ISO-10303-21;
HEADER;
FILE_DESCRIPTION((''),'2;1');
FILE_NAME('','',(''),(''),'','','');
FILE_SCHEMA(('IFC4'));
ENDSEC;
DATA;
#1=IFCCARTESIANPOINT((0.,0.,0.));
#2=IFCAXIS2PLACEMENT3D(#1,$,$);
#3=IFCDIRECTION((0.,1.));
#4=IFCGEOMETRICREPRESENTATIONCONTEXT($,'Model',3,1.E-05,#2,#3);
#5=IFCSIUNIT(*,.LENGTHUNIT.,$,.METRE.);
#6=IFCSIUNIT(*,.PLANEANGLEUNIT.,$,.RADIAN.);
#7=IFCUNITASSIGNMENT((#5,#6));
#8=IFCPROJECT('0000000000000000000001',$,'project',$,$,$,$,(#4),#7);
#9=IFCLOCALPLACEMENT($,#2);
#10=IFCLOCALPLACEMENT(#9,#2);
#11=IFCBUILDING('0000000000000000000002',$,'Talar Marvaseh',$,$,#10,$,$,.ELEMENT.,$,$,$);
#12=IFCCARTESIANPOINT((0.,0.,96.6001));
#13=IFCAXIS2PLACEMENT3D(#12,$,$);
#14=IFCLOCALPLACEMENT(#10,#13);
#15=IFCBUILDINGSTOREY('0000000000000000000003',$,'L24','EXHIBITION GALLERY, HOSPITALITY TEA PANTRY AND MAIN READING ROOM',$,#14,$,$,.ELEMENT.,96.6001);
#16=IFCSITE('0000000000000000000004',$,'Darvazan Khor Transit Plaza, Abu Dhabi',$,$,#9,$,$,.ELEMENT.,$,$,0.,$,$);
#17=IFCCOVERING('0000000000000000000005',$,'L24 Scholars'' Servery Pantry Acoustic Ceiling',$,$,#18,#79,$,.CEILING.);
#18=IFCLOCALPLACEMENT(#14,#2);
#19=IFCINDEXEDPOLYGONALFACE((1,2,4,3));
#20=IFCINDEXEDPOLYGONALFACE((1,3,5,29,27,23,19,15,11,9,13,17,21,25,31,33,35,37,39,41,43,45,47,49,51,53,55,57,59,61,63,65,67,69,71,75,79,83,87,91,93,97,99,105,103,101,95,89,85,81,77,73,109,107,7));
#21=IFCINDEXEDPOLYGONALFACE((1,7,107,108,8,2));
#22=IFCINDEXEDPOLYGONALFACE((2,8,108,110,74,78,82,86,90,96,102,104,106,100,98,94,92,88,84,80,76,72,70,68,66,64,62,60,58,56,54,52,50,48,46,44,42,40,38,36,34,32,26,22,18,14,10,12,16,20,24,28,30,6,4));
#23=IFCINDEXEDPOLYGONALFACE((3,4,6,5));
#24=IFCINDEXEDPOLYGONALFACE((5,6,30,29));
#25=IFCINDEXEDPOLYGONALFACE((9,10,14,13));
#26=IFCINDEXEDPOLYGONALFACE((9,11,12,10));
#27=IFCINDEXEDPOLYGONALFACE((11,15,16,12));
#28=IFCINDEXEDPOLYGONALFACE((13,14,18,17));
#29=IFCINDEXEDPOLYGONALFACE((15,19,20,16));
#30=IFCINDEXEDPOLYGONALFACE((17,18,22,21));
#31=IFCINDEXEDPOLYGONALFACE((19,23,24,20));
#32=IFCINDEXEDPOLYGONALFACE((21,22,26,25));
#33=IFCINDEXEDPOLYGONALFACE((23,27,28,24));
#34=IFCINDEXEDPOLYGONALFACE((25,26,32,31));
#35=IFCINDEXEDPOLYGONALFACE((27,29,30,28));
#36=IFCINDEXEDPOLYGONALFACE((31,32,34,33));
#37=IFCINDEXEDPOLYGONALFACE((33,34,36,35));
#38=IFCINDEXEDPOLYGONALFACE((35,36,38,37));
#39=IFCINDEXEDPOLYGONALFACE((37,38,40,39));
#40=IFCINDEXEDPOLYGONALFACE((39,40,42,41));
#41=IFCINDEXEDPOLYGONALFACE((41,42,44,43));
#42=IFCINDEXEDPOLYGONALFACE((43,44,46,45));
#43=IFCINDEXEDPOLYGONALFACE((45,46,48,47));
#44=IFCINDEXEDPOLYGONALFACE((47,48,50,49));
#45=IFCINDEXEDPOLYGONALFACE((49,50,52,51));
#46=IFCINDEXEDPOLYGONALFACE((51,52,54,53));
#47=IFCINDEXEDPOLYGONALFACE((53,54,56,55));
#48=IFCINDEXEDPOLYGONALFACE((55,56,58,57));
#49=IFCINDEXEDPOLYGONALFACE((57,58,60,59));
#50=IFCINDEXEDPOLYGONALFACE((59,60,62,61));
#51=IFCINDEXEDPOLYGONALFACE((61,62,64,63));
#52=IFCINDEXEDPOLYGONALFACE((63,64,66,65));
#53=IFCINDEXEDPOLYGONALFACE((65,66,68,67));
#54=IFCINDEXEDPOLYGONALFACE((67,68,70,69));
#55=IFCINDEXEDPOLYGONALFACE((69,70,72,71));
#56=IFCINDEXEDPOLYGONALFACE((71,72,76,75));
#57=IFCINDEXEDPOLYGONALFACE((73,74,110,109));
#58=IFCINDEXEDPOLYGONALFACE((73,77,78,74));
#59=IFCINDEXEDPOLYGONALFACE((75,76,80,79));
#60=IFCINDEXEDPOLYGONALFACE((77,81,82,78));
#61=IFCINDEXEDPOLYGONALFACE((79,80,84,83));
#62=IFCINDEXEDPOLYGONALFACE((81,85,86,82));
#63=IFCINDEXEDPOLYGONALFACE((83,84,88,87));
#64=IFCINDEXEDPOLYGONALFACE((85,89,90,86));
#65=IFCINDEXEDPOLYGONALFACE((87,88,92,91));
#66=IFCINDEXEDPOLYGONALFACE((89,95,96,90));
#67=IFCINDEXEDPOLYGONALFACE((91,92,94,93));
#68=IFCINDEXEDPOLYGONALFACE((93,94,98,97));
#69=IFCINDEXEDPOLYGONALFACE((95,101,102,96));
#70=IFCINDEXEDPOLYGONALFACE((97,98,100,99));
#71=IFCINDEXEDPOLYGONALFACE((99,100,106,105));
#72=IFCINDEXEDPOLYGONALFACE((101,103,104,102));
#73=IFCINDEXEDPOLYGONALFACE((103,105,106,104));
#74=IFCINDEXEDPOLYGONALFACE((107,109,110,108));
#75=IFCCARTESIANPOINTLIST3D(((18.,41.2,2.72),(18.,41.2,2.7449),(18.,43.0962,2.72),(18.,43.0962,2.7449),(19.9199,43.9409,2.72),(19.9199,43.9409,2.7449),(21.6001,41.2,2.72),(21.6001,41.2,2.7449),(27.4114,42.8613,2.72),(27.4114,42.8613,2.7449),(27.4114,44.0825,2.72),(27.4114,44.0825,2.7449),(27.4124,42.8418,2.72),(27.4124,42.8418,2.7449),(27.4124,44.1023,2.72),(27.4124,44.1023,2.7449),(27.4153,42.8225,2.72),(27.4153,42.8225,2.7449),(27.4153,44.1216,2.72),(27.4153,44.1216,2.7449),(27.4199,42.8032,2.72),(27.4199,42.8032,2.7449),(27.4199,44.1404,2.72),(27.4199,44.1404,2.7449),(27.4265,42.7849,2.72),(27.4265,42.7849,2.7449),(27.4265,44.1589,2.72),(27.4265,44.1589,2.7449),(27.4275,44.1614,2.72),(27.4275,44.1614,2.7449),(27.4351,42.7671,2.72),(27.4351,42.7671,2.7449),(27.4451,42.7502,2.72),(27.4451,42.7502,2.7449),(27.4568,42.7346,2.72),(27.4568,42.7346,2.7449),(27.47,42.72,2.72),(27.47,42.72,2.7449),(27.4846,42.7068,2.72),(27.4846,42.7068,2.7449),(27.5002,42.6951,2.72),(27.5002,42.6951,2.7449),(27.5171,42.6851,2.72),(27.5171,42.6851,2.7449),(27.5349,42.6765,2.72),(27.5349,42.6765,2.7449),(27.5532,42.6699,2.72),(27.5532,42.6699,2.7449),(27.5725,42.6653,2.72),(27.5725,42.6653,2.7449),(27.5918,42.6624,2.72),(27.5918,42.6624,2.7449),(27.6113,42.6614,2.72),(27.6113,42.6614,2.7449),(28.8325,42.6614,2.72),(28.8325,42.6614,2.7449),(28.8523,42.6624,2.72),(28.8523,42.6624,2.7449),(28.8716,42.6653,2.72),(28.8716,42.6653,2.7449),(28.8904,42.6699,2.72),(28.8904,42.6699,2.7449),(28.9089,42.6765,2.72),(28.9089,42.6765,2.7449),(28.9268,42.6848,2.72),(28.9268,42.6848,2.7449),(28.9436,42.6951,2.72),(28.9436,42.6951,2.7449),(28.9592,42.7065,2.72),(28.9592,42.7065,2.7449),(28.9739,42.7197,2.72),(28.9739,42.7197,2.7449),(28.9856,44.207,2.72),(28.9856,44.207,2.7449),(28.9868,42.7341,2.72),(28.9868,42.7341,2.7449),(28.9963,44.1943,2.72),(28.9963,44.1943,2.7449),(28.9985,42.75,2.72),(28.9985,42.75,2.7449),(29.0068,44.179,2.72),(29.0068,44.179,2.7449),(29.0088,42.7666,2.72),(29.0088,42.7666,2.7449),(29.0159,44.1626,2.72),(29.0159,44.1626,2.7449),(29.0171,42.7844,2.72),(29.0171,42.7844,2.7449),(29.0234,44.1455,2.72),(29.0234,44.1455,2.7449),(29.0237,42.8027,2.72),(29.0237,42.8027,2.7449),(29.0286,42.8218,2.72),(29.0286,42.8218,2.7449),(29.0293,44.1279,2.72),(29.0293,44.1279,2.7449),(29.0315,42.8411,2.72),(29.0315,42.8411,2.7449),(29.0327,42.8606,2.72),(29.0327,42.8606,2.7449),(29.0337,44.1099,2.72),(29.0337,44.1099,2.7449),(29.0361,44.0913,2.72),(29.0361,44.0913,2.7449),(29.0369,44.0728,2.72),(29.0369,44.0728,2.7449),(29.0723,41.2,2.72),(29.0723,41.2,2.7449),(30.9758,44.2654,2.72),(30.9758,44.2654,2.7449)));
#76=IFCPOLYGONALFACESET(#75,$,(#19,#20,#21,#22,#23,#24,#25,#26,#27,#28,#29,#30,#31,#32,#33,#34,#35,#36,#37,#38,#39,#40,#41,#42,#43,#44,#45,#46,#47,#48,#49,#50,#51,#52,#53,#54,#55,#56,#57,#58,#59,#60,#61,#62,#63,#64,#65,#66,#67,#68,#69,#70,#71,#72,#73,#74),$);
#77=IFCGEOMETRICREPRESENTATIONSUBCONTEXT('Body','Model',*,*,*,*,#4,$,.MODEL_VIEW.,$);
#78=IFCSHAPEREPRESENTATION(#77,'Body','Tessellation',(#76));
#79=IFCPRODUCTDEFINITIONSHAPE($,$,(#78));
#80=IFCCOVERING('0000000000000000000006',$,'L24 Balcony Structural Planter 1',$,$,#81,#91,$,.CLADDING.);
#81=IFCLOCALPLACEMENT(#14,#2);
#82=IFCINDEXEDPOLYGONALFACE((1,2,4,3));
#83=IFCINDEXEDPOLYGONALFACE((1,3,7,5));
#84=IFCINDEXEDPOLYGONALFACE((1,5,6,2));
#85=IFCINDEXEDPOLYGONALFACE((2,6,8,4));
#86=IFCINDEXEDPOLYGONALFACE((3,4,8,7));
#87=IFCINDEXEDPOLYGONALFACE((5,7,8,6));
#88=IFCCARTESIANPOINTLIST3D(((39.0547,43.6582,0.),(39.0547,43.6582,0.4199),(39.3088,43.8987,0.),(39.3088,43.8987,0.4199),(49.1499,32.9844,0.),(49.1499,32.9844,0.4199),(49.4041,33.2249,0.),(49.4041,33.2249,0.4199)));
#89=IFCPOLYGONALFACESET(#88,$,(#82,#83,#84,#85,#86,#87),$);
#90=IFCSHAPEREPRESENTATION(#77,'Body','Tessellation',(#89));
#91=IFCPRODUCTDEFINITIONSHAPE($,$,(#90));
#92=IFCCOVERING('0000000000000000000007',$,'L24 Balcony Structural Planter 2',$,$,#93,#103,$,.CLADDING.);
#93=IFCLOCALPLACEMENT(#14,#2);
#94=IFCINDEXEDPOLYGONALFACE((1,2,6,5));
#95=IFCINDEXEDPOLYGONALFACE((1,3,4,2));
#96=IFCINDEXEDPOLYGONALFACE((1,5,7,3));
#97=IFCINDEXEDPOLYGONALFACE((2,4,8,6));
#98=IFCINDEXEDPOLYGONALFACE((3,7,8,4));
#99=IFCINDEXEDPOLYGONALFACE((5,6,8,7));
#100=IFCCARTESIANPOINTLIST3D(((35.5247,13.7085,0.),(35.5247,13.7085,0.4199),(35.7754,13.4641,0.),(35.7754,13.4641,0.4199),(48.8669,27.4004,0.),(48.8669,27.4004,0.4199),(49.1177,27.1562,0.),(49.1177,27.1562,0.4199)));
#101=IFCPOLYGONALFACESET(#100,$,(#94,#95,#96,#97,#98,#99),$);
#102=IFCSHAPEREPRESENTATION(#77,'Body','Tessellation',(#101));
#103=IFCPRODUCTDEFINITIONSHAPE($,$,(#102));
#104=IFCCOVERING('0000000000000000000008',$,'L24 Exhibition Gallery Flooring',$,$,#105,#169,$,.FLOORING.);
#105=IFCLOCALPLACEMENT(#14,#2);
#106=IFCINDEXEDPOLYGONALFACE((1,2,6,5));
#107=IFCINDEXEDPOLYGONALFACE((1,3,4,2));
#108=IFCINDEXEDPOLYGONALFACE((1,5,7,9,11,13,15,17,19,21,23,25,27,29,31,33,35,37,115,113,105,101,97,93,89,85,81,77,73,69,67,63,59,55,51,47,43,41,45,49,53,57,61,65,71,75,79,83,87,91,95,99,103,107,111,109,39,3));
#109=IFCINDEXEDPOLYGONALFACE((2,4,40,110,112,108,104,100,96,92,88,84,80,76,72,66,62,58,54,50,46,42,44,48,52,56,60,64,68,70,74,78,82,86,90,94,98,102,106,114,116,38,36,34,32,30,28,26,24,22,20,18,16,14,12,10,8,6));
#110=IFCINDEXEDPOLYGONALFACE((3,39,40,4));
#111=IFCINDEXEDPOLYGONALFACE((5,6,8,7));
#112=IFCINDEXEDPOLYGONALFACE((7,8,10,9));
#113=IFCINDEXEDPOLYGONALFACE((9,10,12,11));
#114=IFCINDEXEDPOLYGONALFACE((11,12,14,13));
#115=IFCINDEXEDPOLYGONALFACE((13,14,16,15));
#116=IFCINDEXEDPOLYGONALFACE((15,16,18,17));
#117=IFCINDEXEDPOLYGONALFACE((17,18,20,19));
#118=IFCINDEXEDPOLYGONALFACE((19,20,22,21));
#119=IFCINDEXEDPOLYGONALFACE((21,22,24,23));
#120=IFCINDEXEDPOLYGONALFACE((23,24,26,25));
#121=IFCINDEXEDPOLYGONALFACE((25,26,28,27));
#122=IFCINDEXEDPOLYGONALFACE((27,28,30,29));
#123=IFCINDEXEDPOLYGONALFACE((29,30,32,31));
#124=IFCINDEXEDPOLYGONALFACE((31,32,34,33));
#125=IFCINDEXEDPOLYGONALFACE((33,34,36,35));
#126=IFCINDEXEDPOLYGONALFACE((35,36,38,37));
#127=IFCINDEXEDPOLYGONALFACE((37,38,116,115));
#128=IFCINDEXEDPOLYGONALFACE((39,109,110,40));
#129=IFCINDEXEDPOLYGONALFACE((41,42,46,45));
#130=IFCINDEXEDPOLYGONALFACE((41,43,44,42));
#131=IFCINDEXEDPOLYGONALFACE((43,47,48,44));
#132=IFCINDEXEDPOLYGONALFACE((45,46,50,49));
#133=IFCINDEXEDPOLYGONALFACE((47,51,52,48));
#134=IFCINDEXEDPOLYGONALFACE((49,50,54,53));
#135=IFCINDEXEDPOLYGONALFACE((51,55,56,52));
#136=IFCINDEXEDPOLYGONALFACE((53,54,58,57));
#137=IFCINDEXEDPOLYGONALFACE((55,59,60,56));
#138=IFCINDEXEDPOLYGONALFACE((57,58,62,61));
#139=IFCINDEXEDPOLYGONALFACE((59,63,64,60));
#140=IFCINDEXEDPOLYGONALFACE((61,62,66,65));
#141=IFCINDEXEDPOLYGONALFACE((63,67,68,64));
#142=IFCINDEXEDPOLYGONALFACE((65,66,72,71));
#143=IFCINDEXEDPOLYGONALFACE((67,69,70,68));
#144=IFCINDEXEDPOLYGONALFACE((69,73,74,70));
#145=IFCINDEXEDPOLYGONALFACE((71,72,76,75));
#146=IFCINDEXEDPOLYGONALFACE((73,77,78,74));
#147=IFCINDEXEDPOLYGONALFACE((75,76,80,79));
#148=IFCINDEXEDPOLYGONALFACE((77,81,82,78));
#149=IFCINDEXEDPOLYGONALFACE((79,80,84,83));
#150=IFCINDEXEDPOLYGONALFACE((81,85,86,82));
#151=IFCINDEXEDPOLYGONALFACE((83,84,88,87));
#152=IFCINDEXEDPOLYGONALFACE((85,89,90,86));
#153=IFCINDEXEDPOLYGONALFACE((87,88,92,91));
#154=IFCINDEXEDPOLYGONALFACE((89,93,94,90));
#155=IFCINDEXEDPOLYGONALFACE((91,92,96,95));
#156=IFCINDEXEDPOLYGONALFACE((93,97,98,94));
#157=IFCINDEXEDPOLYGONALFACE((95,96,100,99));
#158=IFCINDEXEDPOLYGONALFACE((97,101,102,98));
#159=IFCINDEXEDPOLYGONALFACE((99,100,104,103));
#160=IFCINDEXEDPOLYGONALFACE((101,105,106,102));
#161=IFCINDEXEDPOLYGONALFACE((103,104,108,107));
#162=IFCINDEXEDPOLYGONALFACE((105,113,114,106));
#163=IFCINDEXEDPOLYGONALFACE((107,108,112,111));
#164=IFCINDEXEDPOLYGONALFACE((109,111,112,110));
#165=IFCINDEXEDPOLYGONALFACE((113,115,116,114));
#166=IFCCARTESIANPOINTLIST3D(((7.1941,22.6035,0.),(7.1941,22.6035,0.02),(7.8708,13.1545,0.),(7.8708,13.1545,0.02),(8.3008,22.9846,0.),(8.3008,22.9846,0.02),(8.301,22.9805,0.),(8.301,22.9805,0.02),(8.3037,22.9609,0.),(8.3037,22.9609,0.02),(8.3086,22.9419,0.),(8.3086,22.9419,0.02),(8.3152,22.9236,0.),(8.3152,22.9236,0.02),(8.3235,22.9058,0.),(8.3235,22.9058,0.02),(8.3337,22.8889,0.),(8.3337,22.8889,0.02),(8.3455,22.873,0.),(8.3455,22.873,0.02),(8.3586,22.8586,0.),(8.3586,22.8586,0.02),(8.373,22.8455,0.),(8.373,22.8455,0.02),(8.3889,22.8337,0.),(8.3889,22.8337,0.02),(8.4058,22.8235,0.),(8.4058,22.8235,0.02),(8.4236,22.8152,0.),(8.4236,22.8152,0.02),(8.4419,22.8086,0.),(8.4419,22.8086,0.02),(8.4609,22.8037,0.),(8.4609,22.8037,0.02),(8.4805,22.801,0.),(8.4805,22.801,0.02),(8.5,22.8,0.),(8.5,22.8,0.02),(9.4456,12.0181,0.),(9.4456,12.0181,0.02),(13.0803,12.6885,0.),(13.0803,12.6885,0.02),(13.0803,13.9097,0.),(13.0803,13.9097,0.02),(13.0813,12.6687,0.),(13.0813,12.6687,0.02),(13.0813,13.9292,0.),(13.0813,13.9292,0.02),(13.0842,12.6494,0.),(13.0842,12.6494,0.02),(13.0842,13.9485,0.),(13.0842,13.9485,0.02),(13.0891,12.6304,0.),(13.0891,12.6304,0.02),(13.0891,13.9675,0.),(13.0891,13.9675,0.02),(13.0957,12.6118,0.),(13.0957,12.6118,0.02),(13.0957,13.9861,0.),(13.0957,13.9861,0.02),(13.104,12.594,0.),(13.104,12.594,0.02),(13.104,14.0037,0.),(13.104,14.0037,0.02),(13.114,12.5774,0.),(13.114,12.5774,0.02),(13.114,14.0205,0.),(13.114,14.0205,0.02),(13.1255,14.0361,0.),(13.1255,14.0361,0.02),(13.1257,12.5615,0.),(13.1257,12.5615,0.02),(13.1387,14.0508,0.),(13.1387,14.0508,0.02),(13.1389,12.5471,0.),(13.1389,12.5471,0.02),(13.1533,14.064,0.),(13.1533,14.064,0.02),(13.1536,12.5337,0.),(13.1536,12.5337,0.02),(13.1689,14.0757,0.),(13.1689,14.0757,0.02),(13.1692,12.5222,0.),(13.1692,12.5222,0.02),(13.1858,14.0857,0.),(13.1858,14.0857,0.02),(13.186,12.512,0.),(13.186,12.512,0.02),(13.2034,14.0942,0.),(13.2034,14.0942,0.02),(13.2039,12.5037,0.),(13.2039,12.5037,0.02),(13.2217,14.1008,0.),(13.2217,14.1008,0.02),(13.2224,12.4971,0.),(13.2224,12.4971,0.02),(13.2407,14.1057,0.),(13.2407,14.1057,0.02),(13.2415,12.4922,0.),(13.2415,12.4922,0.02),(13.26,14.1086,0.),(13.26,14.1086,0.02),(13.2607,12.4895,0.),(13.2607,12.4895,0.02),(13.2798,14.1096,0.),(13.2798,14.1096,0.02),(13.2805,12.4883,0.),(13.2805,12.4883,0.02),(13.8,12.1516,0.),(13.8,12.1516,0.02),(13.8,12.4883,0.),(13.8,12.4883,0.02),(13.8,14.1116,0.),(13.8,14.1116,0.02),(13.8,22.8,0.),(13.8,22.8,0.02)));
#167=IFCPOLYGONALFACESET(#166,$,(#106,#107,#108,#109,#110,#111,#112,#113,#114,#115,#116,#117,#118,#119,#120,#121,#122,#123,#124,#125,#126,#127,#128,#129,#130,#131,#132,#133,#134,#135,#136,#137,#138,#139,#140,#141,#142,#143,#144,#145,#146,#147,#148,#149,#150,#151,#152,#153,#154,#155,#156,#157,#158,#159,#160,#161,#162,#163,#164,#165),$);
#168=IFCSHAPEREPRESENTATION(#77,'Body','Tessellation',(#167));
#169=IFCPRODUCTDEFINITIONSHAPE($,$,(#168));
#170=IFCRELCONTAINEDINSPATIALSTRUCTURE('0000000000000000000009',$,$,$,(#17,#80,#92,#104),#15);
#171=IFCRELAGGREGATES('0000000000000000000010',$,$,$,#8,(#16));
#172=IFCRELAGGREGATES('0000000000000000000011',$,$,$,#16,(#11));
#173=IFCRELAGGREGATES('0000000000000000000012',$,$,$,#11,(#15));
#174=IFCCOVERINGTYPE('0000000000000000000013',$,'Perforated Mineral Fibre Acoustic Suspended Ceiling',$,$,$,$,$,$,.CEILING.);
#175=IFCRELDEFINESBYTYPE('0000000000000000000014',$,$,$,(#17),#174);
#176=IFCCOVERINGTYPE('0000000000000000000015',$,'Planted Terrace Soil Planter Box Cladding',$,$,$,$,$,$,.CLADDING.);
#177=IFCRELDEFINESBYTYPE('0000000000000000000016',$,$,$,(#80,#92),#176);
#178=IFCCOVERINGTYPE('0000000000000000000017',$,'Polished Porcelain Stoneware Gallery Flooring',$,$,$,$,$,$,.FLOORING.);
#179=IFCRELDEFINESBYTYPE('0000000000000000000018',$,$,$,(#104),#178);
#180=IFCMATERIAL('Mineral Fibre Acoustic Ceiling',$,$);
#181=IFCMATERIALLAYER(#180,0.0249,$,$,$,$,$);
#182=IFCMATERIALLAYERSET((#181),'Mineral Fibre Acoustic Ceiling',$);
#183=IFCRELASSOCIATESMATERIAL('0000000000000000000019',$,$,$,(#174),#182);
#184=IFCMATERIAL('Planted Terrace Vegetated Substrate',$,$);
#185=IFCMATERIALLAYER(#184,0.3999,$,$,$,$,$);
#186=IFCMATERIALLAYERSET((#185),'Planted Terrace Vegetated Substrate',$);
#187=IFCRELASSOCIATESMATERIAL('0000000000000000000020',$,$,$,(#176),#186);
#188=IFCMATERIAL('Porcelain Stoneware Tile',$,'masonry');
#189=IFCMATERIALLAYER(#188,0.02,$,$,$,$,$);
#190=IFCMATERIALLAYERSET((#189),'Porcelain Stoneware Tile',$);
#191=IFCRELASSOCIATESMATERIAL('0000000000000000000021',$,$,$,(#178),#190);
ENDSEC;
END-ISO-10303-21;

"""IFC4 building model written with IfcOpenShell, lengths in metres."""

from ifc_helpers import new_model, si_unit, direction, frame, origin, place, context, subcontext, project, spatial, polyline, outline, extrude, material, layer, layer_set, type_object, element, save


model = new_model("IFC4")

# Units and contexts
model_context = context("Model", 3, precision=1e-05, world=origin(), true_north=direction((0.0, 1.0)))
body_context = subcontext(model_context, "Body", "Model", "MODEL_VIEW")
ifc_project = project(units=[si_unit("LENGTHUNIT", "METRE"), si_unit("PLANEANGLEUNIT", "RADIAN")], contexts=[model_context])

# Site, building, storey
site_placement = place(None, origin())
site = spatial("IfcSite", under=ifc_project, at=site_placement, Name="Darvazan Khor Transit Plaza, Abu Dhabi", CompositionType="ELEMENT", RefElevation=0.0)
building_placement = place(site_placement, origin())
building = spatial("IfcBuilding", under=site, at=building_placement, Name="Talar Marvaseh", CompositionType="ELEMENT")
storey_placement = place(building_placement, frame((0.0, 0.0, 96.6001)))
storey = spatial("IfcBuildingStorey", under=building, at=storey_placement, Name="L24", Description="EXHIBITION GALLERY, HOSPITALITY TEA PANTRY AND MAIN READING ROOM", CompositionType="ELEMENT", Elevation=96.6001)

# Coverings
ifc_material_1 = material(Name="Mineral Fibre Acoustic Ceiling")
ifc_layer_1 = layer(ifc_material_1, 0.0249)
ifc_layer_set_1 = layer_set([ifc_layer_1], Name="Mineral Fibre Acoustic Ceiling")
covering_type_1 = type_object("IfcCoveringType", Name="Perforated Mineral Fibre Acoustic Suspended Ceiling", PredefinedType="CEILING", material=ifc_layer_set_1)
covering_1_placement = place(storey_placement, frame((0.0, 0.0, 2.72)))
element("IfcCovering", 1, at=covering_1_placement, inside=storey, type_object=covering_type_1, Name="L24 Scholars' Servery Pantry Acoustic Ceiling", PredefinedType="CEILING", context=body_context, shape_type="SweptSolid", body=[
    extrude(outline(polyline([(27.4275, 44.1614), (27.4265, 44.1589), (27.4199, 44.1404), (27.4153, 44.1216), (27.4124, 44.1023), (27.4114, 44.0825), (27.4114, 42.8613), (27.4124, 42.8418), (27.4153, 42.8225), (27.4199, 42.8032), (27.4265, 42.7849), (27.4351, 42.7671), (27.4451, 42.7502), (27.4568, 42.7346), (27.47, 42.72), (27.4846, 42.7068), (27.5002, 42.6951), (27.5171, 42.6851), (27.5349, 42.6765), (27.5532, 42.6699), (27.5725, 42.6653), (27.5918, 42.6624), (27.6113, 42.6614), (28.8325, 42.6614), (28.8523, 42.6624), (28.8716, 42.6653), (28.8904, 42.6699), (28.9089, 42.6765), (28.9268, 42.6848), (28.9436, 42.6951), (28.9592, 42.7065), (28.9739, 42.7197), (28.9868, 42.7341), (28.9985, 42.75), (29.0088, 42.7666), (29.0171, 42.7844), (29.0237, 42.8027), (29.0286, 42.8218), (29.0315, 42.8411), (29.0327, 42.8606), (29.0369, 44.0728), (29.0361, 44.0913), (29.0337, 44.1099), (29.0293, 44.1279), (29.0234, 44.1455), (29.0159, 44.1626), (29.0068, 44.179), (28.9963, 44.1943), (28.9856, 44.207), (30.9758, 44.2654), (29.0723, 41.2), (21.6001, 41.2), (18.0, 41.2), (18.0, 43.0962), (19.9199, 43.9409), (27.4275, 44.1614)])), origin(), (0.0, 0.0, 1.0), 0.0249),
])
ifc_material_2 = material(Name="Planted Terrace Vegetated Substrate")
ifc_layer_2 = layer(ifc_material_2, 0.3999)
ifc_layer_set_2 = layer_set([ifc_layer_2], Name="Planted Terrace Vegetated Substrate")
covering_type_2 = type_object("IfcCoveringType", Name="Planted Terrace Soil Planter Box Cladding", PredefinedType="CLADDING", material=ifc_layer_set_2)
covering_2_placement = place(storey_placement, origin())
element("IfcCovering", 2, at=covering_2_placement, inside=storey, type_object=covering_type_2, Name="L24 Balcony Structural Planter 1", PredefinedType="CLADDING", context=body_context, shape_type="SweptSolid", body=[
    extrude(outline(polyline([(39.3088, 43.8987), (49.4041, 33.2249), (49.1499, 32.9844), (39.0547, 43.6582), (39.3088, 43.8987)])), origin(), (0.0, 0.0, 1.0), 0.4199),
])
covering_3_placement = place(storey_placement, origin())
element("IfcCovering", 3, at=covering_3_placement, inside=storey, type_object=covering_type_2, Name="L24 Balcony Structural Planter 2", PredefinedType="CLADDING", context=body_context, shape_type="SweptSolid", body=[
    extrude(outline(polyline([(49.1177, 27.1562), (35.7754, 13.4641), (35.5247, 13.7085), (48.8669, 27.4004), (49.1177, 27.1562)])), origin(), (0.0, 0.0, 1.0), 0.4199),
])
ifc_material_3 = material(Name="Porcelain Stoneware Tile", Category="masonry")
ifc_layer_3 = layer(ifc_material_3, 0.02)
ifc_layer_set_3 = layer_set([ifc_layer_3], Name="Porcelain Stoneware Tile")
covering_type_3 = type_object("IfcCoveringType", Name="Polished Porcelain Stoneware Gallery Flooring", PredefinedType="FLOORING", material=ifc_layer_set_3)
covering_4_placement = place(storey_placement, origin())
element("IfcCovering", 4, at=covering_4_placement, inside=storey, type_object=covering_type_3, Name="L24 Exhibition Gallery Flooring", PredefinedType="FLOORING", context=body_context, shape_type="SweptSolid", body=[
    extrude(outline(polyline([(8.3037, 22.9609), (8.3086, 22.9419), (8.3152, 22.9236), (8.3235, 22.9058), (8.3337, 22.8889), (8.3455, 22.873), (8.3586, 22.8586), (8.373, 22.8455), (8.3889, 22.8337), (8.4058, 22.8235), (8.4236, 22.8152), (8.4419, 22.8086), (8.4609, 22.8037), (8.4805, 22.801), (8.5, 22.8), (13.8, 22.8), (13.8, 14.1116), (13.2798, 14.1096), (13.26, 14.1086), (13.2407, 14.1057), (13.2217, 14.1008), (13.2034, 14.0942), (13.1858, 14.0857), (13.1689, 14.0757), (13.1533, 14.064), (13.1387, 14.0508), (13.1255, 14.0361), (13.114, 14.0205), (13.104, 14.0037), (13.0957, 13.9861), (13.0891, 13.9675), (13.0842, 13.9485), (13.0813, 13.9292), (13.0803, 13.9097), (13.0803, 12.6885), (13.0813, 12.6687), (13.0842, 12.6494), (13.0891, 12.6304), (13.0957, 12.6118), (13.104, 12.594), (13.114, 12.5774), (13.1257, 12.5615), (13.1389, 12.5471), (13.1536, 12.5337), (13.1692, 12.5222), (13.186, 12.512), (13.2039, 12.5037), (13.2224, 12.4971), (13.2415, 12.4922), (13.2607, 12.4895), (13.2805, 12.4883), (13.8, 12.4883), (13.8, 12.1516), (9.4456, 12.0181), (7.8708, 13.1545), (7.1941, 22.6035), (8.3008, 22.9846), (8.301, 22.9805), (8.3037, 22.9609)])), origin(), (0.0, 0.0, 1.0), 0.02),
])

save(model, "model.ifc")
